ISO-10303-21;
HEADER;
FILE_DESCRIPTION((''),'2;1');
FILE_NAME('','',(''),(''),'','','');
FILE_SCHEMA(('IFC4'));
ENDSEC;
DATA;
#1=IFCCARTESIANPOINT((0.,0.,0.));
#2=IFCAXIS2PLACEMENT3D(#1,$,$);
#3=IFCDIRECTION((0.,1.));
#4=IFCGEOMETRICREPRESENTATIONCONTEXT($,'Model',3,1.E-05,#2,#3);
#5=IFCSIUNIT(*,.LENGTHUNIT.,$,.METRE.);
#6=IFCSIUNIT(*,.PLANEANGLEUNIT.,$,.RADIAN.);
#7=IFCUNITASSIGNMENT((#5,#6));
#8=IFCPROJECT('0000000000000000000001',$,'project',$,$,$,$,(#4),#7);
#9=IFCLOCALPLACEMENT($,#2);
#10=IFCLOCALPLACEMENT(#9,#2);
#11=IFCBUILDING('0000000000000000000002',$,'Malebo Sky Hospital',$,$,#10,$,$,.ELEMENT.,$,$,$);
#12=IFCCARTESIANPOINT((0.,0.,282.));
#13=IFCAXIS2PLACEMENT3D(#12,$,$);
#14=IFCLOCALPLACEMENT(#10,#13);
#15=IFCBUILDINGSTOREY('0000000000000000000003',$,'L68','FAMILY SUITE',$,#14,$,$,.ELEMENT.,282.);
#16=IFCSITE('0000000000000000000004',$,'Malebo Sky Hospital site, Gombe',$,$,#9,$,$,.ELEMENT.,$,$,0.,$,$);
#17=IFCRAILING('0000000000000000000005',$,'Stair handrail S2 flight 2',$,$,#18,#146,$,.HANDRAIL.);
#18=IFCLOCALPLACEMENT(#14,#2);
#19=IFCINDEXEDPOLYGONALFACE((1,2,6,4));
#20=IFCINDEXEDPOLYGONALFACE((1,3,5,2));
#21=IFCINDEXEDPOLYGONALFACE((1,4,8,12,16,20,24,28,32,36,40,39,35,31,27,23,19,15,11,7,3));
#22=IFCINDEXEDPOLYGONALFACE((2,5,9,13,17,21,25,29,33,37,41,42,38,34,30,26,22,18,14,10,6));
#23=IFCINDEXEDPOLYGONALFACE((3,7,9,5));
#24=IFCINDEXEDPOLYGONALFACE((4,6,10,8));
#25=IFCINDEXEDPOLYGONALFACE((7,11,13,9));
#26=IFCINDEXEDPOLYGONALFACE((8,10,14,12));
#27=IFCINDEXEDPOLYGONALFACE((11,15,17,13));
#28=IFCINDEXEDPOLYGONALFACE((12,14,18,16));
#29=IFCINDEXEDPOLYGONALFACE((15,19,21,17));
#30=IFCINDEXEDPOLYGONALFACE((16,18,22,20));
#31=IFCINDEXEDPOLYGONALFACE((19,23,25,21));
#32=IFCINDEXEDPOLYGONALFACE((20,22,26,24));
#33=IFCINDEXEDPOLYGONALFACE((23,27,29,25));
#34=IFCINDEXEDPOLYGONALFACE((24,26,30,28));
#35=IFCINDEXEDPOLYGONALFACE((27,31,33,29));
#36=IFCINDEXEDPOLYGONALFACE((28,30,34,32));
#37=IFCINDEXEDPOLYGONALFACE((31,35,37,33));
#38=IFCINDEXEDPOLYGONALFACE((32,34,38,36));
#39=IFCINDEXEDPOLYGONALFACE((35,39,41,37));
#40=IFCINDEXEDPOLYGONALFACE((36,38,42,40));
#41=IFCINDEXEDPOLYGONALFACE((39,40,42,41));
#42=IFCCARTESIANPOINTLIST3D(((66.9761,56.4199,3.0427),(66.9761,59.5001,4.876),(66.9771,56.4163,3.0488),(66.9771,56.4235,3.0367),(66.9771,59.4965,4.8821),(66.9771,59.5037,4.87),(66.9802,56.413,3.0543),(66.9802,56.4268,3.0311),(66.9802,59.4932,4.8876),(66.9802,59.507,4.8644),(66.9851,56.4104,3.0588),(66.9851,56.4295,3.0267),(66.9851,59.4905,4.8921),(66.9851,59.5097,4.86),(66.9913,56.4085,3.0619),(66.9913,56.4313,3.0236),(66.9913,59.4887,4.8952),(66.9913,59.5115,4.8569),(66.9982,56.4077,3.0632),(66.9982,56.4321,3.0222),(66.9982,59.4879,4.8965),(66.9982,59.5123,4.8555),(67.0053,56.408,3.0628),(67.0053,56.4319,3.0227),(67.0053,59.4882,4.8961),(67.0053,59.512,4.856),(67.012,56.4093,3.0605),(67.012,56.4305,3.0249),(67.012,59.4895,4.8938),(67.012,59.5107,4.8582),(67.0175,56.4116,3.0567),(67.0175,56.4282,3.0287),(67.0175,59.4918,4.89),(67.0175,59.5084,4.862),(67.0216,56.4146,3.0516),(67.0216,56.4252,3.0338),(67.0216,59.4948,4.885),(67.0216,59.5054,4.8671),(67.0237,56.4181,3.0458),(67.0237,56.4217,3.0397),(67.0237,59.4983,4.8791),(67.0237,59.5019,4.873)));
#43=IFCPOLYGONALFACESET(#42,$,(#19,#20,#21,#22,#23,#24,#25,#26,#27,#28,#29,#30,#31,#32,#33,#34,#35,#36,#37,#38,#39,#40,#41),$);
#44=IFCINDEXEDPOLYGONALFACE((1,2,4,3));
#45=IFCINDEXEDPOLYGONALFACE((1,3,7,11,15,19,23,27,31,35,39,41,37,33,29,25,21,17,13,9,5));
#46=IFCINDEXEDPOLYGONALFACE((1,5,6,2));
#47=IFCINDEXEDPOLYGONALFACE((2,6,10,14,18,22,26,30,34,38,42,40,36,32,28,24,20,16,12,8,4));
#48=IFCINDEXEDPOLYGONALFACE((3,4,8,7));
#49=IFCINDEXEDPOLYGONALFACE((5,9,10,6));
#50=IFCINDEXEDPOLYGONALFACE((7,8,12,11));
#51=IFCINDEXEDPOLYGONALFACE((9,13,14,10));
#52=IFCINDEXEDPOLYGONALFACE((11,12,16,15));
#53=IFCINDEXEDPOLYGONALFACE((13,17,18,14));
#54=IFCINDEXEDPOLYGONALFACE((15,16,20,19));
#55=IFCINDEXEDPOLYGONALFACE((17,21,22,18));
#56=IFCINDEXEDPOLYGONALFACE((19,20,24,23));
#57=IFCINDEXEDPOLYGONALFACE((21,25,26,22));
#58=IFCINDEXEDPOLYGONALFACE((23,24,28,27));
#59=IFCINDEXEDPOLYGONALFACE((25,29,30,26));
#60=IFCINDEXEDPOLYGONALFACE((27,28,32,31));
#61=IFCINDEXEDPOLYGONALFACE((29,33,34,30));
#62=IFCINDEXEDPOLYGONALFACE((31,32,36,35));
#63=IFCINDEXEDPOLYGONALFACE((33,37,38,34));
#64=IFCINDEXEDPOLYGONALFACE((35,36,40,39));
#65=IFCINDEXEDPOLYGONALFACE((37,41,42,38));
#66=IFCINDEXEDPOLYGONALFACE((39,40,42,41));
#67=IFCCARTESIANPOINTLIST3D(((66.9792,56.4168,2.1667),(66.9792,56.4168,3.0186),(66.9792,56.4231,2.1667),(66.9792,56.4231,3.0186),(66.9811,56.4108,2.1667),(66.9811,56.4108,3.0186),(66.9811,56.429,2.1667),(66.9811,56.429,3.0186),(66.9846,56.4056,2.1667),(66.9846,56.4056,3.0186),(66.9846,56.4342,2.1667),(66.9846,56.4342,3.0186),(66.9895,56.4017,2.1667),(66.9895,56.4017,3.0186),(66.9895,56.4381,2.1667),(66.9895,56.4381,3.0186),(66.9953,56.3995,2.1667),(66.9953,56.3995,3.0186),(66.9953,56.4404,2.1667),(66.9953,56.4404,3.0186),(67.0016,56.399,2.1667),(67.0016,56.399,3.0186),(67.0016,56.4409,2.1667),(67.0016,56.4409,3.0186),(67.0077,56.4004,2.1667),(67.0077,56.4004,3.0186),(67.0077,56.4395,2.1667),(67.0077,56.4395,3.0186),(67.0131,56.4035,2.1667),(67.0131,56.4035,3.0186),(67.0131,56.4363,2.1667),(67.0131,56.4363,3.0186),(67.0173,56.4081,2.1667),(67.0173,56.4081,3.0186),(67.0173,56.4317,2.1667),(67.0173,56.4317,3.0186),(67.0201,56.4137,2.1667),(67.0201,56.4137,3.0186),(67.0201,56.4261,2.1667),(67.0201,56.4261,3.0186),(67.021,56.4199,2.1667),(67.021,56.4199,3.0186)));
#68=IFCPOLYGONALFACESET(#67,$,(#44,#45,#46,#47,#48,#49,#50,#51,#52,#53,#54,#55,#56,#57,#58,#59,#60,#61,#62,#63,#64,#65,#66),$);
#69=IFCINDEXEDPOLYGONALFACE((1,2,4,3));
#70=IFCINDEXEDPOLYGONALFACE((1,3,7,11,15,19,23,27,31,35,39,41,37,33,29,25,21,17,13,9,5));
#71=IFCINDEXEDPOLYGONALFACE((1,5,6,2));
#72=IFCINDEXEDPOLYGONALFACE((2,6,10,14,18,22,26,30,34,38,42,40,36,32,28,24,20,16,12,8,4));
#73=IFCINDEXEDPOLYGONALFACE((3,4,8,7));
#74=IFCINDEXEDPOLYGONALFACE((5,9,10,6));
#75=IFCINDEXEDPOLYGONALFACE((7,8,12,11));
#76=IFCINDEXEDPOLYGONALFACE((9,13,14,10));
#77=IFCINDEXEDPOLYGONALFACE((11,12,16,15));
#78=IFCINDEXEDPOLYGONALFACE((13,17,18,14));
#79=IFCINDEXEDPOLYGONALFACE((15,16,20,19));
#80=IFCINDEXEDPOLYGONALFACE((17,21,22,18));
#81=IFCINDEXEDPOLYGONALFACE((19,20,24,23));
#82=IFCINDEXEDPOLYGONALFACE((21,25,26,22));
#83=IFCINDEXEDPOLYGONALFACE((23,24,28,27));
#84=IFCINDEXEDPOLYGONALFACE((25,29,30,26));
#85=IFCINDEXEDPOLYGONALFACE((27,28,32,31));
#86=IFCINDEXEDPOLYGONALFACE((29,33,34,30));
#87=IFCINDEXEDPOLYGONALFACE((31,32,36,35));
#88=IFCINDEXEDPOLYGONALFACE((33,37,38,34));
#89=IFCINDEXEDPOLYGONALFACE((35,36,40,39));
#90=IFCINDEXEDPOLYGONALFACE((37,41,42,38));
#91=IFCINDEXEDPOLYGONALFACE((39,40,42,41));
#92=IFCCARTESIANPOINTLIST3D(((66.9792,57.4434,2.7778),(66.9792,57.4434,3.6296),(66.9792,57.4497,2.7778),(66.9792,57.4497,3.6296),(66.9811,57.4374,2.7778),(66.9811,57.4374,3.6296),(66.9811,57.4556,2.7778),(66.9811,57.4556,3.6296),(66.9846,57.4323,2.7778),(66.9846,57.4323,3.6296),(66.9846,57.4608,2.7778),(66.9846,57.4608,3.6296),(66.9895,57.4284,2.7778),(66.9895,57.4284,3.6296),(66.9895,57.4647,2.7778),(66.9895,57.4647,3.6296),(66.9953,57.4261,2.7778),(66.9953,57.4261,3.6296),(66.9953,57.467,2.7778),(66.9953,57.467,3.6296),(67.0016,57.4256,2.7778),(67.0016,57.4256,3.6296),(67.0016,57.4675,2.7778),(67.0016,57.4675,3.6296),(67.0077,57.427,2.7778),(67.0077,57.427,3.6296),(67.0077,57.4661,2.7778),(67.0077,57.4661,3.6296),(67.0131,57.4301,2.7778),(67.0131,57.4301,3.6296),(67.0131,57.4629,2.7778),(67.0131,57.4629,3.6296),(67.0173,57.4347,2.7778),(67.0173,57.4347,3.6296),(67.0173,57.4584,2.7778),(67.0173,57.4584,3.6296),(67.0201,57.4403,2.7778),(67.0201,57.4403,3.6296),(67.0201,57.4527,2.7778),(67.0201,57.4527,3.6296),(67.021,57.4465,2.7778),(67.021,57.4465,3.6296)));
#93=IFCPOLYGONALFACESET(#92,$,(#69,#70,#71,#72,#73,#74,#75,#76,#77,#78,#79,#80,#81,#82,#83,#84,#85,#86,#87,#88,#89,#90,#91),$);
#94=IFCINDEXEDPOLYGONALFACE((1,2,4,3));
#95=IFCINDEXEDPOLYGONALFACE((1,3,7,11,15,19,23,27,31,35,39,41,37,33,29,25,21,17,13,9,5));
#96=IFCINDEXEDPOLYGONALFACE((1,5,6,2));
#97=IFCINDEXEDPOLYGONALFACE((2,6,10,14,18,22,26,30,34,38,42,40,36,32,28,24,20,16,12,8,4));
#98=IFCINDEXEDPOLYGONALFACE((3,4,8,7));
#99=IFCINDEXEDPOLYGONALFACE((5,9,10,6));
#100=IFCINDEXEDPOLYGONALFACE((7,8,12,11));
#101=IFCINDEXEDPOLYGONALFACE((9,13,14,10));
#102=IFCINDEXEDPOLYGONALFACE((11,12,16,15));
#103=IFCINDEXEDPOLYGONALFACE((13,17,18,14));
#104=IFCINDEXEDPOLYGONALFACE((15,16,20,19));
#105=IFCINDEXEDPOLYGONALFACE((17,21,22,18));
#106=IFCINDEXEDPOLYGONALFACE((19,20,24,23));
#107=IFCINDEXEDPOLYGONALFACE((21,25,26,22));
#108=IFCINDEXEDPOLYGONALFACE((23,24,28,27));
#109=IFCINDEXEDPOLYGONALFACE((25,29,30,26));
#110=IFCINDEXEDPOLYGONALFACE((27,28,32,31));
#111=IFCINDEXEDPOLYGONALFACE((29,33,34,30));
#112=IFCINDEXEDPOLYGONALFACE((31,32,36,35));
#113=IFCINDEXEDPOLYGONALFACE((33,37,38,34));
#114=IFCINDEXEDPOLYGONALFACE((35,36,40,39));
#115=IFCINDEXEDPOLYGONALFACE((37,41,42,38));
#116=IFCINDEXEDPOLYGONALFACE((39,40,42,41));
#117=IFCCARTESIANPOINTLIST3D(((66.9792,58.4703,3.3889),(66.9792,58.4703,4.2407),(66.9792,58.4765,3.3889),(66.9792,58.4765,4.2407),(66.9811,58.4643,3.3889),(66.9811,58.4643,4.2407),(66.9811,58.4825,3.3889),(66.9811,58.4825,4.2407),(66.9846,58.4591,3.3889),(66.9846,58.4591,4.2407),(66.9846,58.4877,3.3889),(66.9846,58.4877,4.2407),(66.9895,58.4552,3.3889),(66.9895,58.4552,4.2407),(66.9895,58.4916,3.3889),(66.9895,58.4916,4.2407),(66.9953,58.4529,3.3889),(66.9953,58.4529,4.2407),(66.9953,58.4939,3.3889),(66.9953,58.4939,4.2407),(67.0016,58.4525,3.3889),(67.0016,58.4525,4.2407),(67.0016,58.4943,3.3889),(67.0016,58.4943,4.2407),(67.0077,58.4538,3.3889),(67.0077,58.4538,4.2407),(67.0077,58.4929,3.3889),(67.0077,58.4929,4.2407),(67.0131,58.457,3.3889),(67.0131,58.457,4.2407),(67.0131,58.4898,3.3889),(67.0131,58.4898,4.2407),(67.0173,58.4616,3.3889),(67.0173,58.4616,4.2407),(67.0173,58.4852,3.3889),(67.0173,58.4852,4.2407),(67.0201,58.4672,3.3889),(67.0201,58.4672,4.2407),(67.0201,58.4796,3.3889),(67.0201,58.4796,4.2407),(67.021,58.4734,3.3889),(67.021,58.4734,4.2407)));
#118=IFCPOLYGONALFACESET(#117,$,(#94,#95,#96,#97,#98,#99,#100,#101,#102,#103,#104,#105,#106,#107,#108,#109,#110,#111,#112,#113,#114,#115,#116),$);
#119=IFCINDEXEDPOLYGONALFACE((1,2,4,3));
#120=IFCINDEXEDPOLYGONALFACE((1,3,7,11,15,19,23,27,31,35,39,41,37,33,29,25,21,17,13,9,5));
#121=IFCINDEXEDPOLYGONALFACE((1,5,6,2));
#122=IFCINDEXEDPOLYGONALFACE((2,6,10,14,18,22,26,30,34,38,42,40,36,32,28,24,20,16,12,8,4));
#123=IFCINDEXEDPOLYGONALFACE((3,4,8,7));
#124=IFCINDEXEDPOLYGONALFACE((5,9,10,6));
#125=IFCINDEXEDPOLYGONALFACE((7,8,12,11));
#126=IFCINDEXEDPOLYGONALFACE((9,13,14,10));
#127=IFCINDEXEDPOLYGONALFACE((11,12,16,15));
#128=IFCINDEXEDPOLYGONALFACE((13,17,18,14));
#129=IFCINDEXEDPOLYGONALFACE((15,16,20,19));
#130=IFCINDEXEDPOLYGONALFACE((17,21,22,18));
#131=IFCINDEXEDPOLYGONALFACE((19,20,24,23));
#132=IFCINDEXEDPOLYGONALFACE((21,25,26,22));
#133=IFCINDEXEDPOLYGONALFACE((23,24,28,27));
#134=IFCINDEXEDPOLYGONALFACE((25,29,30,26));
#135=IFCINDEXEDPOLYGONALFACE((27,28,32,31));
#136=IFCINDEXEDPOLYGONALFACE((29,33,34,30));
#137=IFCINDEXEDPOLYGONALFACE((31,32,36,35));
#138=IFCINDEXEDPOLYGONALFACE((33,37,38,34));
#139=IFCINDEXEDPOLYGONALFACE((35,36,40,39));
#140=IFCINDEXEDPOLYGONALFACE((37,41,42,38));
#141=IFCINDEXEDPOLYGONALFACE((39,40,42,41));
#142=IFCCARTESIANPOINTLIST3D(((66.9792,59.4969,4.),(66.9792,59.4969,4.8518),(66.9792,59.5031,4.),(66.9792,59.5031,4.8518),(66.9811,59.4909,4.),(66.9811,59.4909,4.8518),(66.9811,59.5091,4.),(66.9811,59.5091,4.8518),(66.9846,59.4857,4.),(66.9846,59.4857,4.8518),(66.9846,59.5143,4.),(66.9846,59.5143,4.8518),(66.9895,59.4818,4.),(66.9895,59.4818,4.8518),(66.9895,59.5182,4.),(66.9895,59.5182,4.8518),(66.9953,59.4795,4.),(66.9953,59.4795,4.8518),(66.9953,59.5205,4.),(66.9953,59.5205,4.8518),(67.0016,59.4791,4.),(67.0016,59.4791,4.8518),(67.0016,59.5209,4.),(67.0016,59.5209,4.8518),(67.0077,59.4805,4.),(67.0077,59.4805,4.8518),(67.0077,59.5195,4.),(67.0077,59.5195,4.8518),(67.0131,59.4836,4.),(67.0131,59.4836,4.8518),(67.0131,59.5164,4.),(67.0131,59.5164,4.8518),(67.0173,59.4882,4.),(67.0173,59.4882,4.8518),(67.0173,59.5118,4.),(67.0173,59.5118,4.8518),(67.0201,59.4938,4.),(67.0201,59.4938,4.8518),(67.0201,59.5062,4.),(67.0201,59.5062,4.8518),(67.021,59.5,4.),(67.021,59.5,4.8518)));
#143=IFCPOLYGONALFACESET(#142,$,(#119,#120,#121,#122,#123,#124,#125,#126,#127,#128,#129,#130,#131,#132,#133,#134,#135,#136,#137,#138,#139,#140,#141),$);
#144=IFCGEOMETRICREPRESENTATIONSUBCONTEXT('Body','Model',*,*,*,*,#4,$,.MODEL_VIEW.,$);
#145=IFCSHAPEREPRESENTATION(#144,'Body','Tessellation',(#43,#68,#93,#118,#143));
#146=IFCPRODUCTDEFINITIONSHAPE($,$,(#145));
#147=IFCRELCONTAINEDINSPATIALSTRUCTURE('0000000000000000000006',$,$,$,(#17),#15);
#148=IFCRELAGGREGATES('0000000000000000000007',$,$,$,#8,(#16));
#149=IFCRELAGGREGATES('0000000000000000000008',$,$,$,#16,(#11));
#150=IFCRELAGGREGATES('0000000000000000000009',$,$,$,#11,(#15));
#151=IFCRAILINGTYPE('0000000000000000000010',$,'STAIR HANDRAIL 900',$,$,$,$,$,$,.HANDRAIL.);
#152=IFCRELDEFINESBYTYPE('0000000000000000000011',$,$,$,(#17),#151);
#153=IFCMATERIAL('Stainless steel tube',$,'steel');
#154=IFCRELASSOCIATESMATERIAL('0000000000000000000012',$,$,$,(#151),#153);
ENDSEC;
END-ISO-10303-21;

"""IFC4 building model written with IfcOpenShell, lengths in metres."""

from ifc_helpers import new_model, si_unit, direction, frame, origin, origin_2d, place, context, subcontext, project, spatial, circle, extrude, material, type_object, element, save


model = new_model("IFC4")

# Units and contexts
model_context = context("Model", 3, precision=1e-05, world=origin(), true_north=direction((0.0, 1.0)))
body_context = subcontext(model_context, "Body", "Model", "MODEL_VIEW")
ifc_project = project(units=[si_unit("LENGTHUNIT", "METRE"), si_unit("PLANEANGLEUNIT", "RADIAN")], contexts=[model_context])

# Site, building, storey
site_placement = place(None, origin())
site = spatial("IfcSite", under=ifc_project, at=site_placement, Name="Malebo Sky Hospital site, Gombe", CompositionType="ELEMENT", RefElevation=0.0)
building_placement = place(site_placement, origin())
building = spatial("IfcBuilding", under=site, at=building_placement, Name="Malebo Sky Hospital", CompositionType="ELEMENT")
storey_placement = place(building_placement, frame((0.0, 0.0, 282.0)))
storey = spatial("IfcBuildingStorey", under=building, at=storey_placement, Name="L68", Description="FAMILY SUITE", CompositionType="ELEMENT", Elevation=282.0)

# Railing
ifc_material_1 = material(Name="Stainless steel tube", Category="steel")
railing_type = type_object("IfcRailingType", Name="STAIR HANDRAIL 900", PredefinedType="HANDRAIL", material=ifc_material_1)
railing_placement = place(storey_placement, frame((67.0, 56.4199, 2.1667)))
element("IfcRailing", 1, at=railing_placement, inside=storey, type_object=railing_type, Name="Stair handrail S2 flight 2", PredefinedType="HANDRAIL", context=body_context, shape_type="SweptSolid", body=[
    extrude(circle(Radius=0.0239, at=origin_2d()), frame((0.0, 0.0, 0.876), z_axis=(0.0, 0.859309, 0.511458), x_axis=(-1.0, 0.0, 0.0)), (0.0, 0.0, 1.0), 3.5845),
    extrude(circle(Radius=0.021, at=origin_2d()), origin(), (0.0, 0.0, 1.0), 0.8518),
    extrude(circle(Radius=0.021, at=origin_2d()), frame((0.0, 1.0266, 0.6111)), (0.0, 0.0, 1.0), 0.8518),
    extrude(circle(Radius=0.021, at=origin_2d()), frame((0.0, 2.0535, 1.2222)), (0.0, 0.0, 1.0), 0.8518),
    extrude(circle(Radius=0.021, at=origin_2d()), frame((0.0, 3.0801, 1.8333)), (0.0, 0.0, 1.0), 0.8518),
])

save(model, "model.ifc")
